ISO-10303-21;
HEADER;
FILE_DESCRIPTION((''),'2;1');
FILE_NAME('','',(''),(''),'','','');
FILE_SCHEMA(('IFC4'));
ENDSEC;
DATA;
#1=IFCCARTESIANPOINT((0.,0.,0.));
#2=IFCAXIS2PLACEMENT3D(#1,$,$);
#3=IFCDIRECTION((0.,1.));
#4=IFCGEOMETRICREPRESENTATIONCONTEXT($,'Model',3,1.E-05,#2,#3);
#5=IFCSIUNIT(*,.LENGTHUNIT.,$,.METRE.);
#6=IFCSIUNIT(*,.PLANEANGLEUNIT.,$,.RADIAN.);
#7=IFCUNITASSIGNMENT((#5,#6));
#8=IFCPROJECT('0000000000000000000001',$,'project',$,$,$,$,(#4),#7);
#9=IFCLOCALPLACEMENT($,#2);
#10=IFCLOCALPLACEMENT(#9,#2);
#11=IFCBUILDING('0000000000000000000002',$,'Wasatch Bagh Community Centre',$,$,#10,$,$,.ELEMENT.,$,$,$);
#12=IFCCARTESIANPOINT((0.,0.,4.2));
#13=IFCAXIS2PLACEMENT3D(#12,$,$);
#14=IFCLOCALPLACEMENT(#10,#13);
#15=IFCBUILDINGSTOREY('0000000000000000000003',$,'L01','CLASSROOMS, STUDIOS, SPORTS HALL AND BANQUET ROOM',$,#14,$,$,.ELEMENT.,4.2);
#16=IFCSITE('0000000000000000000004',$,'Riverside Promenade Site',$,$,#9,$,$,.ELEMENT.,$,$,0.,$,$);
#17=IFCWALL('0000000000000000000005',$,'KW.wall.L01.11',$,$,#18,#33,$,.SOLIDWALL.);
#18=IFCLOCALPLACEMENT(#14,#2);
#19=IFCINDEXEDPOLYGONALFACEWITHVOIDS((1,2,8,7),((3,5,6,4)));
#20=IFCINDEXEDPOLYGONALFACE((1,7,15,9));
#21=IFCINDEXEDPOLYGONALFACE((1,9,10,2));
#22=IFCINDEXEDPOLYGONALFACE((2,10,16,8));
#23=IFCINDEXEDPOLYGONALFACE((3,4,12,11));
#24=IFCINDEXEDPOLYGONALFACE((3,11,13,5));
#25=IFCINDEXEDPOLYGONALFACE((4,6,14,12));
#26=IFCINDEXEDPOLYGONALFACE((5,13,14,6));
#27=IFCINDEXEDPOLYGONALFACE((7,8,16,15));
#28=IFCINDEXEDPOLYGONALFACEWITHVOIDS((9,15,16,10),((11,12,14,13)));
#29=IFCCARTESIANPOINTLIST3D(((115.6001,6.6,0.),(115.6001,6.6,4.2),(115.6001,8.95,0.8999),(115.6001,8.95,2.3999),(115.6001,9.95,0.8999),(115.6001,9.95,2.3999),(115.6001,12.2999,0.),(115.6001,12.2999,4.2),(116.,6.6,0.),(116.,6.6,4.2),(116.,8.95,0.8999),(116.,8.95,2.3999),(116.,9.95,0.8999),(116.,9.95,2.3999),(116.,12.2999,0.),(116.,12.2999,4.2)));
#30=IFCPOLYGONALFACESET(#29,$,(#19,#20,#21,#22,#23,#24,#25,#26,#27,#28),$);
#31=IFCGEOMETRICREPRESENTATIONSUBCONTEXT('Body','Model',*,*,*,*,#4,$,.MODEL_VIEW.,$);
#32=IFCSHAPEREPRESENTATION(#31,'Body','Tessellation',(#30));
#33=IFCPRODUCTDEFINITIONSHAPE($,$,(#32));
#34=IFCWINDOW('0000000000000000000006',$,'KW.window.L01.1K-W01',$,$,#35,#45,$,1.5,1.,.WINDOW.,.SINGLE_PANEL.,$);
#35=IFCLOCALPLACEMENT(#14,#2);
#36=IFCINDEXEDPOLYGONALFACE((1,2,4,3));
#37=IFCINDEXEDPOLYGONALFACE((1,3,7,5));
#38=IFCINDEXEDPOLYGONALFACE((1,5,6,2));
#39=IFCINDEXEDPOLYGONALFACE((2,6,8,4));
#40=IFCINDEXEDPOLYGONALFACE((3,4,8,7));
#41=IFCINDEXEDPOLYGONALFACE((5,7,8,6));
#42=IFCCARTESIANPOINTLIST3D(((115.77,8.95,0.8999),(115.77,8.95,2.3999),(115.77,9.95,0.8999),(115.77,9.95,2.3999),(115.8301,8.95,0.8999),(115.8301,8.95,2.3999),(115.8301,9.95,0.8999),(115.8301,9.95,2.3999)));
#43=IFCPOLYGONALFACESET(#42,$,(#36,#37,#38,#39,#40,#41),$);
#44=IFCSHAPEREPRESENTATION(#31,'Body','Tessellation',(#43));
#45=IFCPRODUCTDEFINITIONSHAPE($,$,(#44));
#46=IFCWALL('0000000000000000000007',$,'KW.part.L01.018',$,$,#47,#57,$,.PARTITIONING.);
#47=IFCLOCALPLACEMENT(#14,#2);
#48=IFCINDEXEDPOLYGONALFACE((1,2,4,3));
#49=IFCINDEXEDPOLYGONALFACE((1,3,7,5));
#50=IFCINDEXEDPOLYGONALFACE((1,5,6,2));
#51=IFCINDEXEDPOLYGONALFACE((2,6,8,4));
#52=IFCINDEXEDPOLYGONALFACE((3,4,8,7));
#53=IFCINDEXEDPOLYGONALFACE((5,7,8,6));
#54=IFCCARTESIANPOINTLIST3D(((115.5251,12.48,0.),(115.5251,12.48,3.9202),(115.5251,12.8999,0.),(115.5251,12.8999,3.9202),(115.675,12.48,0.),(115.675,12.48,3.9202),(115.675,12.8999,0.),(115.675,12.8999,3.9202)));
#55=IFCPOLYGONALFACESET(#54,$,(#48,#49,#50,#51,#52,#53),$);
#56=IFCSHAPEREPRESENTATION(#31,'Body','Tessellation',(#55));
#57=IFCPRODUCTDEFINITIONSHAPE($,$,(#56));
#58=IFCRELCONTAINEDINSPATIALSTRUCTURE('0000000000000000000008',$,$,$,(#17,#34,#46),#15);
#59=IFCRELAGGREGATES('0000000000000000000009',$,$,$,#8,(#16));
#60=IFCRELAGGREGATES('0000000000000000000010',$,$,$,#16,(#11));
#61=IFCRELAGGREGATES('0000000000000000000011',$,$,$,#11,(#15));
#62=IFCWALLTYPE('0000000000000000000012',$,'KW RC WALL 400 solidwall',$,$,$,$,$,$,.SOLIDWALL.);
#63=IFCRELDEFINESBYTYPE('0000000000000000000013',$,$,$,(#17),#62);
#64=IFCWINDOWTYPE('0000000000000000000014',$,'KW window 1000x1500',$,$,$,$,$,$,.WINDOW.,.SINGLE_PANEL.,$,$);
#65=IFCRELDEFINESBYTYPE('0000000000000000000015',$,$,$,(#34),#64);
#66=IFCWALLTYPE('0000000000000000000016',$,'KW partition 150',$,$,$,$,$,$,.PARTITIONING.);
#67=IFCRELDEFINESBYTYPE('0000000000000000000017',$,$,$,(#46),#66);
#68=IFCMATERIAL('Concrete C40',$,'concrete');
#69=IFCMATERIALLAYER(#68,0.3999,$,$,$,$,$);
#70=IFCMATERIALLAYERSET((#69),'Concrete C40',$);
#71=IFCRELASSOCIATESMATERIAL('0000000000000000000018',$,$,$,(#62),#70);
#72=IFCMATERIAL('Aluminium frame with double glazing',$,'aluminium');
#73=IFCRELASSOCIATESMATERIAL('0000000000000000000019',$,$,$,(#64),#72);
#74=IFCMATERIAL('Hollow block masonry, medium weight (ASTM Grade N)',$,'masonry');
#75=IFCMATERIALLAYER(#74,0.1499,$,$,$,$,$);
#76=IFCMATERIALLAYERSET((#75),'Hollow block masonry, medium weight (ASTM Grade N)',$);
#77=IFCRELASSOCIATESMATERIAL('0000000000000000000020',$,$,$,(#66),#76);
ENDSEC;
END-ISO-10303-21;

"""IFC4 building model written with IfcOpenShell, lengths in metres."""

from ifc_helpers import new_model, si_unit, direction, frame, frame_2d, origin, place, context, subcontext, project, spatial, rectangle, extrude, material, layer, layer_set, type_object, element, fill, save


model = new_model("IFC4")

# Units and contexts
model_context = context("Model", 3, precision=1e-05, world=origin(), true_north=direction((0.0, 1.0)))
body_context = subcontext(model_context, "Body", "Model", "MODEL_VIEW")
ifc_project = project(units=[si_unit("LENGTHUNIT", "METRE"), si_unit("PLANEANGLEUNIT", "RADIAN")], contexts=[model_context])

# Site, building, storey
site_placement = place(None, origin())
site = spatial("IfcSite", under=ifc_project, at=site_placement, Name="Riverside Promenade Site", CompositionType="ELEMENT", RefElevation=0.0)
building_placement = place(site_placement, origin())
building = spatial("IfcBuilding", under=site, at=building_placement, Name="Wasatch Bagh Community Centre", CompositionType="ELEMENT")
storey_placement = place(building_placement, frame((0.0, 0.0, 4.2)))
storey = spatial("IfcBuildingStorey", under=building, at=storey_placement, Name="L01", Description="CLASSROOMS, STUDIOS, SPORTS HALL AND BANQUET ROOM", CompositionType="ELEMENT", Elevation=4.2)

# Shared definitions
ifc_material_1 = material(Name="Concrete C40", Category="concrete")

# Wall, opening, window
ifc_layer_1 = layer(ifc_material_1, 0.3999)
ifc_layer_set_1 = layer_set([ifc_layer_1], Name="Concrete C40")
wall_type_1 = type_object("IfcWallType", Name="KW RC WALL 400 solidwall", PredefinedType="SOLIDWALL", material=ifc_layer_set_1)
wall_1_placement = place(storey_placement, frame((115.8, 12.3, 0.0), z_axis=(0.0, 0.0, 1.0), x_axis=(0.0, -1.0, 0.0)))
wall_1 = element("IfcWall", 1, at=wall_1_placement, inside=storey, type_object=wall_type_1, Name="KW.wall.L01.11", PredefinedType="SOLIDWALL", context=body_context, shape_type="SweptSolid", body=[
    extrude(rectangle(XDim=5.7, YDim=0.3999, at=frame_2d((2.8501, 0.0))), origin(), (0.0, 0.0, 1.0), 4.2),
])
opening_placement = place(wall_1_placement, frame((2.3501, 0.0, 0.8999)))
opening = element("IfcOpeningElement", 2, at=opening_placement, cuts=wall_1, PredefinedType="OPENING", context=body_context, shape_type="SweptSolid", body=[
    extrude(rectangle(XDim=1.0, YDim=1.5, at=frame_2d((0.5, 0.75))), frame((0.0, 0.21, 0.0), z_axis=(0.0, -1.0, 0.0), x_axis=(1.0, 0.0, 0.0)), (0.0, 0.0, 1.0), 0.4199),
])
ifc_material_2 = material(Name="Aluminium frame with double glazing", Category="aluminium")
window_type = type_object("IfcWindowType", Name="KW window 1000x1500", PartitioningType="SINGLE_PANEL", PredefinedType="WINDOW", material=ifc_material_2)
window_placement = place(opening_placement, origin())
window = element("IfcWindow", 3, at=window_placement, inside=storey, type_object=window_type, Name="KW.window.L01.1K-W01", OverallHeight=1.5, OverallWidth=1.0, PartitioningType="SINGLE_PANEL", PredefinedType="WINDOW", context=body_context, shape_type="SweptSolid", body=[
    extrude(rectangle(XDim=1.0, YDim=1.5, at=frame_2d((0.5, 0.75))), frame((0.0, 0.03, 0.0), z_axis=(0.0, -1.0, 0.0), x_axis=(1.0, 0.0, 0.0)), (0.0, 0.0, 1.0), 0.0601),
])
fill(opening, window)

# Wall
ifc_material_3 = material(Name="Hollow block masonry, medium weight (ASTM Grade N)", Category="masonry")
ifc_layer_2 = layer(ifc_material_3, 0.1499)
ifc_layer_set_2 = layer_set([ifc_layer_2], Name="Hollow block masonry, medium weight (ASTM Grade N)")
wall_type_2 = type_object("IfcWallType", Name="KW partition 150", PredefinedType="PARTITIONING", material=ifc_layer_set_2)
wall_2_placement = place(storey_placement, frame((115.6001, 12.8999, 0.0), z_axis=(0.0, 0.0, 1.0), x_axis=(0.0, -1.0, 0.0)))
element("IfcWall", 4, at=wall_2_placement, inside=storey, type_object=wall_type_2, Name="KW.part.L01.018", PredefinedType="PARTITIONING", context=body_context, shape_type="SweptSolid", body=[
    extrude(rectangle(XDim=0.4199, YDim=0.1499, at=frame_2d((0.21, 0.0))), origin(), (0.0, 0.0, 1.0), 3.9202),
])

save(model, "model.ifc")
